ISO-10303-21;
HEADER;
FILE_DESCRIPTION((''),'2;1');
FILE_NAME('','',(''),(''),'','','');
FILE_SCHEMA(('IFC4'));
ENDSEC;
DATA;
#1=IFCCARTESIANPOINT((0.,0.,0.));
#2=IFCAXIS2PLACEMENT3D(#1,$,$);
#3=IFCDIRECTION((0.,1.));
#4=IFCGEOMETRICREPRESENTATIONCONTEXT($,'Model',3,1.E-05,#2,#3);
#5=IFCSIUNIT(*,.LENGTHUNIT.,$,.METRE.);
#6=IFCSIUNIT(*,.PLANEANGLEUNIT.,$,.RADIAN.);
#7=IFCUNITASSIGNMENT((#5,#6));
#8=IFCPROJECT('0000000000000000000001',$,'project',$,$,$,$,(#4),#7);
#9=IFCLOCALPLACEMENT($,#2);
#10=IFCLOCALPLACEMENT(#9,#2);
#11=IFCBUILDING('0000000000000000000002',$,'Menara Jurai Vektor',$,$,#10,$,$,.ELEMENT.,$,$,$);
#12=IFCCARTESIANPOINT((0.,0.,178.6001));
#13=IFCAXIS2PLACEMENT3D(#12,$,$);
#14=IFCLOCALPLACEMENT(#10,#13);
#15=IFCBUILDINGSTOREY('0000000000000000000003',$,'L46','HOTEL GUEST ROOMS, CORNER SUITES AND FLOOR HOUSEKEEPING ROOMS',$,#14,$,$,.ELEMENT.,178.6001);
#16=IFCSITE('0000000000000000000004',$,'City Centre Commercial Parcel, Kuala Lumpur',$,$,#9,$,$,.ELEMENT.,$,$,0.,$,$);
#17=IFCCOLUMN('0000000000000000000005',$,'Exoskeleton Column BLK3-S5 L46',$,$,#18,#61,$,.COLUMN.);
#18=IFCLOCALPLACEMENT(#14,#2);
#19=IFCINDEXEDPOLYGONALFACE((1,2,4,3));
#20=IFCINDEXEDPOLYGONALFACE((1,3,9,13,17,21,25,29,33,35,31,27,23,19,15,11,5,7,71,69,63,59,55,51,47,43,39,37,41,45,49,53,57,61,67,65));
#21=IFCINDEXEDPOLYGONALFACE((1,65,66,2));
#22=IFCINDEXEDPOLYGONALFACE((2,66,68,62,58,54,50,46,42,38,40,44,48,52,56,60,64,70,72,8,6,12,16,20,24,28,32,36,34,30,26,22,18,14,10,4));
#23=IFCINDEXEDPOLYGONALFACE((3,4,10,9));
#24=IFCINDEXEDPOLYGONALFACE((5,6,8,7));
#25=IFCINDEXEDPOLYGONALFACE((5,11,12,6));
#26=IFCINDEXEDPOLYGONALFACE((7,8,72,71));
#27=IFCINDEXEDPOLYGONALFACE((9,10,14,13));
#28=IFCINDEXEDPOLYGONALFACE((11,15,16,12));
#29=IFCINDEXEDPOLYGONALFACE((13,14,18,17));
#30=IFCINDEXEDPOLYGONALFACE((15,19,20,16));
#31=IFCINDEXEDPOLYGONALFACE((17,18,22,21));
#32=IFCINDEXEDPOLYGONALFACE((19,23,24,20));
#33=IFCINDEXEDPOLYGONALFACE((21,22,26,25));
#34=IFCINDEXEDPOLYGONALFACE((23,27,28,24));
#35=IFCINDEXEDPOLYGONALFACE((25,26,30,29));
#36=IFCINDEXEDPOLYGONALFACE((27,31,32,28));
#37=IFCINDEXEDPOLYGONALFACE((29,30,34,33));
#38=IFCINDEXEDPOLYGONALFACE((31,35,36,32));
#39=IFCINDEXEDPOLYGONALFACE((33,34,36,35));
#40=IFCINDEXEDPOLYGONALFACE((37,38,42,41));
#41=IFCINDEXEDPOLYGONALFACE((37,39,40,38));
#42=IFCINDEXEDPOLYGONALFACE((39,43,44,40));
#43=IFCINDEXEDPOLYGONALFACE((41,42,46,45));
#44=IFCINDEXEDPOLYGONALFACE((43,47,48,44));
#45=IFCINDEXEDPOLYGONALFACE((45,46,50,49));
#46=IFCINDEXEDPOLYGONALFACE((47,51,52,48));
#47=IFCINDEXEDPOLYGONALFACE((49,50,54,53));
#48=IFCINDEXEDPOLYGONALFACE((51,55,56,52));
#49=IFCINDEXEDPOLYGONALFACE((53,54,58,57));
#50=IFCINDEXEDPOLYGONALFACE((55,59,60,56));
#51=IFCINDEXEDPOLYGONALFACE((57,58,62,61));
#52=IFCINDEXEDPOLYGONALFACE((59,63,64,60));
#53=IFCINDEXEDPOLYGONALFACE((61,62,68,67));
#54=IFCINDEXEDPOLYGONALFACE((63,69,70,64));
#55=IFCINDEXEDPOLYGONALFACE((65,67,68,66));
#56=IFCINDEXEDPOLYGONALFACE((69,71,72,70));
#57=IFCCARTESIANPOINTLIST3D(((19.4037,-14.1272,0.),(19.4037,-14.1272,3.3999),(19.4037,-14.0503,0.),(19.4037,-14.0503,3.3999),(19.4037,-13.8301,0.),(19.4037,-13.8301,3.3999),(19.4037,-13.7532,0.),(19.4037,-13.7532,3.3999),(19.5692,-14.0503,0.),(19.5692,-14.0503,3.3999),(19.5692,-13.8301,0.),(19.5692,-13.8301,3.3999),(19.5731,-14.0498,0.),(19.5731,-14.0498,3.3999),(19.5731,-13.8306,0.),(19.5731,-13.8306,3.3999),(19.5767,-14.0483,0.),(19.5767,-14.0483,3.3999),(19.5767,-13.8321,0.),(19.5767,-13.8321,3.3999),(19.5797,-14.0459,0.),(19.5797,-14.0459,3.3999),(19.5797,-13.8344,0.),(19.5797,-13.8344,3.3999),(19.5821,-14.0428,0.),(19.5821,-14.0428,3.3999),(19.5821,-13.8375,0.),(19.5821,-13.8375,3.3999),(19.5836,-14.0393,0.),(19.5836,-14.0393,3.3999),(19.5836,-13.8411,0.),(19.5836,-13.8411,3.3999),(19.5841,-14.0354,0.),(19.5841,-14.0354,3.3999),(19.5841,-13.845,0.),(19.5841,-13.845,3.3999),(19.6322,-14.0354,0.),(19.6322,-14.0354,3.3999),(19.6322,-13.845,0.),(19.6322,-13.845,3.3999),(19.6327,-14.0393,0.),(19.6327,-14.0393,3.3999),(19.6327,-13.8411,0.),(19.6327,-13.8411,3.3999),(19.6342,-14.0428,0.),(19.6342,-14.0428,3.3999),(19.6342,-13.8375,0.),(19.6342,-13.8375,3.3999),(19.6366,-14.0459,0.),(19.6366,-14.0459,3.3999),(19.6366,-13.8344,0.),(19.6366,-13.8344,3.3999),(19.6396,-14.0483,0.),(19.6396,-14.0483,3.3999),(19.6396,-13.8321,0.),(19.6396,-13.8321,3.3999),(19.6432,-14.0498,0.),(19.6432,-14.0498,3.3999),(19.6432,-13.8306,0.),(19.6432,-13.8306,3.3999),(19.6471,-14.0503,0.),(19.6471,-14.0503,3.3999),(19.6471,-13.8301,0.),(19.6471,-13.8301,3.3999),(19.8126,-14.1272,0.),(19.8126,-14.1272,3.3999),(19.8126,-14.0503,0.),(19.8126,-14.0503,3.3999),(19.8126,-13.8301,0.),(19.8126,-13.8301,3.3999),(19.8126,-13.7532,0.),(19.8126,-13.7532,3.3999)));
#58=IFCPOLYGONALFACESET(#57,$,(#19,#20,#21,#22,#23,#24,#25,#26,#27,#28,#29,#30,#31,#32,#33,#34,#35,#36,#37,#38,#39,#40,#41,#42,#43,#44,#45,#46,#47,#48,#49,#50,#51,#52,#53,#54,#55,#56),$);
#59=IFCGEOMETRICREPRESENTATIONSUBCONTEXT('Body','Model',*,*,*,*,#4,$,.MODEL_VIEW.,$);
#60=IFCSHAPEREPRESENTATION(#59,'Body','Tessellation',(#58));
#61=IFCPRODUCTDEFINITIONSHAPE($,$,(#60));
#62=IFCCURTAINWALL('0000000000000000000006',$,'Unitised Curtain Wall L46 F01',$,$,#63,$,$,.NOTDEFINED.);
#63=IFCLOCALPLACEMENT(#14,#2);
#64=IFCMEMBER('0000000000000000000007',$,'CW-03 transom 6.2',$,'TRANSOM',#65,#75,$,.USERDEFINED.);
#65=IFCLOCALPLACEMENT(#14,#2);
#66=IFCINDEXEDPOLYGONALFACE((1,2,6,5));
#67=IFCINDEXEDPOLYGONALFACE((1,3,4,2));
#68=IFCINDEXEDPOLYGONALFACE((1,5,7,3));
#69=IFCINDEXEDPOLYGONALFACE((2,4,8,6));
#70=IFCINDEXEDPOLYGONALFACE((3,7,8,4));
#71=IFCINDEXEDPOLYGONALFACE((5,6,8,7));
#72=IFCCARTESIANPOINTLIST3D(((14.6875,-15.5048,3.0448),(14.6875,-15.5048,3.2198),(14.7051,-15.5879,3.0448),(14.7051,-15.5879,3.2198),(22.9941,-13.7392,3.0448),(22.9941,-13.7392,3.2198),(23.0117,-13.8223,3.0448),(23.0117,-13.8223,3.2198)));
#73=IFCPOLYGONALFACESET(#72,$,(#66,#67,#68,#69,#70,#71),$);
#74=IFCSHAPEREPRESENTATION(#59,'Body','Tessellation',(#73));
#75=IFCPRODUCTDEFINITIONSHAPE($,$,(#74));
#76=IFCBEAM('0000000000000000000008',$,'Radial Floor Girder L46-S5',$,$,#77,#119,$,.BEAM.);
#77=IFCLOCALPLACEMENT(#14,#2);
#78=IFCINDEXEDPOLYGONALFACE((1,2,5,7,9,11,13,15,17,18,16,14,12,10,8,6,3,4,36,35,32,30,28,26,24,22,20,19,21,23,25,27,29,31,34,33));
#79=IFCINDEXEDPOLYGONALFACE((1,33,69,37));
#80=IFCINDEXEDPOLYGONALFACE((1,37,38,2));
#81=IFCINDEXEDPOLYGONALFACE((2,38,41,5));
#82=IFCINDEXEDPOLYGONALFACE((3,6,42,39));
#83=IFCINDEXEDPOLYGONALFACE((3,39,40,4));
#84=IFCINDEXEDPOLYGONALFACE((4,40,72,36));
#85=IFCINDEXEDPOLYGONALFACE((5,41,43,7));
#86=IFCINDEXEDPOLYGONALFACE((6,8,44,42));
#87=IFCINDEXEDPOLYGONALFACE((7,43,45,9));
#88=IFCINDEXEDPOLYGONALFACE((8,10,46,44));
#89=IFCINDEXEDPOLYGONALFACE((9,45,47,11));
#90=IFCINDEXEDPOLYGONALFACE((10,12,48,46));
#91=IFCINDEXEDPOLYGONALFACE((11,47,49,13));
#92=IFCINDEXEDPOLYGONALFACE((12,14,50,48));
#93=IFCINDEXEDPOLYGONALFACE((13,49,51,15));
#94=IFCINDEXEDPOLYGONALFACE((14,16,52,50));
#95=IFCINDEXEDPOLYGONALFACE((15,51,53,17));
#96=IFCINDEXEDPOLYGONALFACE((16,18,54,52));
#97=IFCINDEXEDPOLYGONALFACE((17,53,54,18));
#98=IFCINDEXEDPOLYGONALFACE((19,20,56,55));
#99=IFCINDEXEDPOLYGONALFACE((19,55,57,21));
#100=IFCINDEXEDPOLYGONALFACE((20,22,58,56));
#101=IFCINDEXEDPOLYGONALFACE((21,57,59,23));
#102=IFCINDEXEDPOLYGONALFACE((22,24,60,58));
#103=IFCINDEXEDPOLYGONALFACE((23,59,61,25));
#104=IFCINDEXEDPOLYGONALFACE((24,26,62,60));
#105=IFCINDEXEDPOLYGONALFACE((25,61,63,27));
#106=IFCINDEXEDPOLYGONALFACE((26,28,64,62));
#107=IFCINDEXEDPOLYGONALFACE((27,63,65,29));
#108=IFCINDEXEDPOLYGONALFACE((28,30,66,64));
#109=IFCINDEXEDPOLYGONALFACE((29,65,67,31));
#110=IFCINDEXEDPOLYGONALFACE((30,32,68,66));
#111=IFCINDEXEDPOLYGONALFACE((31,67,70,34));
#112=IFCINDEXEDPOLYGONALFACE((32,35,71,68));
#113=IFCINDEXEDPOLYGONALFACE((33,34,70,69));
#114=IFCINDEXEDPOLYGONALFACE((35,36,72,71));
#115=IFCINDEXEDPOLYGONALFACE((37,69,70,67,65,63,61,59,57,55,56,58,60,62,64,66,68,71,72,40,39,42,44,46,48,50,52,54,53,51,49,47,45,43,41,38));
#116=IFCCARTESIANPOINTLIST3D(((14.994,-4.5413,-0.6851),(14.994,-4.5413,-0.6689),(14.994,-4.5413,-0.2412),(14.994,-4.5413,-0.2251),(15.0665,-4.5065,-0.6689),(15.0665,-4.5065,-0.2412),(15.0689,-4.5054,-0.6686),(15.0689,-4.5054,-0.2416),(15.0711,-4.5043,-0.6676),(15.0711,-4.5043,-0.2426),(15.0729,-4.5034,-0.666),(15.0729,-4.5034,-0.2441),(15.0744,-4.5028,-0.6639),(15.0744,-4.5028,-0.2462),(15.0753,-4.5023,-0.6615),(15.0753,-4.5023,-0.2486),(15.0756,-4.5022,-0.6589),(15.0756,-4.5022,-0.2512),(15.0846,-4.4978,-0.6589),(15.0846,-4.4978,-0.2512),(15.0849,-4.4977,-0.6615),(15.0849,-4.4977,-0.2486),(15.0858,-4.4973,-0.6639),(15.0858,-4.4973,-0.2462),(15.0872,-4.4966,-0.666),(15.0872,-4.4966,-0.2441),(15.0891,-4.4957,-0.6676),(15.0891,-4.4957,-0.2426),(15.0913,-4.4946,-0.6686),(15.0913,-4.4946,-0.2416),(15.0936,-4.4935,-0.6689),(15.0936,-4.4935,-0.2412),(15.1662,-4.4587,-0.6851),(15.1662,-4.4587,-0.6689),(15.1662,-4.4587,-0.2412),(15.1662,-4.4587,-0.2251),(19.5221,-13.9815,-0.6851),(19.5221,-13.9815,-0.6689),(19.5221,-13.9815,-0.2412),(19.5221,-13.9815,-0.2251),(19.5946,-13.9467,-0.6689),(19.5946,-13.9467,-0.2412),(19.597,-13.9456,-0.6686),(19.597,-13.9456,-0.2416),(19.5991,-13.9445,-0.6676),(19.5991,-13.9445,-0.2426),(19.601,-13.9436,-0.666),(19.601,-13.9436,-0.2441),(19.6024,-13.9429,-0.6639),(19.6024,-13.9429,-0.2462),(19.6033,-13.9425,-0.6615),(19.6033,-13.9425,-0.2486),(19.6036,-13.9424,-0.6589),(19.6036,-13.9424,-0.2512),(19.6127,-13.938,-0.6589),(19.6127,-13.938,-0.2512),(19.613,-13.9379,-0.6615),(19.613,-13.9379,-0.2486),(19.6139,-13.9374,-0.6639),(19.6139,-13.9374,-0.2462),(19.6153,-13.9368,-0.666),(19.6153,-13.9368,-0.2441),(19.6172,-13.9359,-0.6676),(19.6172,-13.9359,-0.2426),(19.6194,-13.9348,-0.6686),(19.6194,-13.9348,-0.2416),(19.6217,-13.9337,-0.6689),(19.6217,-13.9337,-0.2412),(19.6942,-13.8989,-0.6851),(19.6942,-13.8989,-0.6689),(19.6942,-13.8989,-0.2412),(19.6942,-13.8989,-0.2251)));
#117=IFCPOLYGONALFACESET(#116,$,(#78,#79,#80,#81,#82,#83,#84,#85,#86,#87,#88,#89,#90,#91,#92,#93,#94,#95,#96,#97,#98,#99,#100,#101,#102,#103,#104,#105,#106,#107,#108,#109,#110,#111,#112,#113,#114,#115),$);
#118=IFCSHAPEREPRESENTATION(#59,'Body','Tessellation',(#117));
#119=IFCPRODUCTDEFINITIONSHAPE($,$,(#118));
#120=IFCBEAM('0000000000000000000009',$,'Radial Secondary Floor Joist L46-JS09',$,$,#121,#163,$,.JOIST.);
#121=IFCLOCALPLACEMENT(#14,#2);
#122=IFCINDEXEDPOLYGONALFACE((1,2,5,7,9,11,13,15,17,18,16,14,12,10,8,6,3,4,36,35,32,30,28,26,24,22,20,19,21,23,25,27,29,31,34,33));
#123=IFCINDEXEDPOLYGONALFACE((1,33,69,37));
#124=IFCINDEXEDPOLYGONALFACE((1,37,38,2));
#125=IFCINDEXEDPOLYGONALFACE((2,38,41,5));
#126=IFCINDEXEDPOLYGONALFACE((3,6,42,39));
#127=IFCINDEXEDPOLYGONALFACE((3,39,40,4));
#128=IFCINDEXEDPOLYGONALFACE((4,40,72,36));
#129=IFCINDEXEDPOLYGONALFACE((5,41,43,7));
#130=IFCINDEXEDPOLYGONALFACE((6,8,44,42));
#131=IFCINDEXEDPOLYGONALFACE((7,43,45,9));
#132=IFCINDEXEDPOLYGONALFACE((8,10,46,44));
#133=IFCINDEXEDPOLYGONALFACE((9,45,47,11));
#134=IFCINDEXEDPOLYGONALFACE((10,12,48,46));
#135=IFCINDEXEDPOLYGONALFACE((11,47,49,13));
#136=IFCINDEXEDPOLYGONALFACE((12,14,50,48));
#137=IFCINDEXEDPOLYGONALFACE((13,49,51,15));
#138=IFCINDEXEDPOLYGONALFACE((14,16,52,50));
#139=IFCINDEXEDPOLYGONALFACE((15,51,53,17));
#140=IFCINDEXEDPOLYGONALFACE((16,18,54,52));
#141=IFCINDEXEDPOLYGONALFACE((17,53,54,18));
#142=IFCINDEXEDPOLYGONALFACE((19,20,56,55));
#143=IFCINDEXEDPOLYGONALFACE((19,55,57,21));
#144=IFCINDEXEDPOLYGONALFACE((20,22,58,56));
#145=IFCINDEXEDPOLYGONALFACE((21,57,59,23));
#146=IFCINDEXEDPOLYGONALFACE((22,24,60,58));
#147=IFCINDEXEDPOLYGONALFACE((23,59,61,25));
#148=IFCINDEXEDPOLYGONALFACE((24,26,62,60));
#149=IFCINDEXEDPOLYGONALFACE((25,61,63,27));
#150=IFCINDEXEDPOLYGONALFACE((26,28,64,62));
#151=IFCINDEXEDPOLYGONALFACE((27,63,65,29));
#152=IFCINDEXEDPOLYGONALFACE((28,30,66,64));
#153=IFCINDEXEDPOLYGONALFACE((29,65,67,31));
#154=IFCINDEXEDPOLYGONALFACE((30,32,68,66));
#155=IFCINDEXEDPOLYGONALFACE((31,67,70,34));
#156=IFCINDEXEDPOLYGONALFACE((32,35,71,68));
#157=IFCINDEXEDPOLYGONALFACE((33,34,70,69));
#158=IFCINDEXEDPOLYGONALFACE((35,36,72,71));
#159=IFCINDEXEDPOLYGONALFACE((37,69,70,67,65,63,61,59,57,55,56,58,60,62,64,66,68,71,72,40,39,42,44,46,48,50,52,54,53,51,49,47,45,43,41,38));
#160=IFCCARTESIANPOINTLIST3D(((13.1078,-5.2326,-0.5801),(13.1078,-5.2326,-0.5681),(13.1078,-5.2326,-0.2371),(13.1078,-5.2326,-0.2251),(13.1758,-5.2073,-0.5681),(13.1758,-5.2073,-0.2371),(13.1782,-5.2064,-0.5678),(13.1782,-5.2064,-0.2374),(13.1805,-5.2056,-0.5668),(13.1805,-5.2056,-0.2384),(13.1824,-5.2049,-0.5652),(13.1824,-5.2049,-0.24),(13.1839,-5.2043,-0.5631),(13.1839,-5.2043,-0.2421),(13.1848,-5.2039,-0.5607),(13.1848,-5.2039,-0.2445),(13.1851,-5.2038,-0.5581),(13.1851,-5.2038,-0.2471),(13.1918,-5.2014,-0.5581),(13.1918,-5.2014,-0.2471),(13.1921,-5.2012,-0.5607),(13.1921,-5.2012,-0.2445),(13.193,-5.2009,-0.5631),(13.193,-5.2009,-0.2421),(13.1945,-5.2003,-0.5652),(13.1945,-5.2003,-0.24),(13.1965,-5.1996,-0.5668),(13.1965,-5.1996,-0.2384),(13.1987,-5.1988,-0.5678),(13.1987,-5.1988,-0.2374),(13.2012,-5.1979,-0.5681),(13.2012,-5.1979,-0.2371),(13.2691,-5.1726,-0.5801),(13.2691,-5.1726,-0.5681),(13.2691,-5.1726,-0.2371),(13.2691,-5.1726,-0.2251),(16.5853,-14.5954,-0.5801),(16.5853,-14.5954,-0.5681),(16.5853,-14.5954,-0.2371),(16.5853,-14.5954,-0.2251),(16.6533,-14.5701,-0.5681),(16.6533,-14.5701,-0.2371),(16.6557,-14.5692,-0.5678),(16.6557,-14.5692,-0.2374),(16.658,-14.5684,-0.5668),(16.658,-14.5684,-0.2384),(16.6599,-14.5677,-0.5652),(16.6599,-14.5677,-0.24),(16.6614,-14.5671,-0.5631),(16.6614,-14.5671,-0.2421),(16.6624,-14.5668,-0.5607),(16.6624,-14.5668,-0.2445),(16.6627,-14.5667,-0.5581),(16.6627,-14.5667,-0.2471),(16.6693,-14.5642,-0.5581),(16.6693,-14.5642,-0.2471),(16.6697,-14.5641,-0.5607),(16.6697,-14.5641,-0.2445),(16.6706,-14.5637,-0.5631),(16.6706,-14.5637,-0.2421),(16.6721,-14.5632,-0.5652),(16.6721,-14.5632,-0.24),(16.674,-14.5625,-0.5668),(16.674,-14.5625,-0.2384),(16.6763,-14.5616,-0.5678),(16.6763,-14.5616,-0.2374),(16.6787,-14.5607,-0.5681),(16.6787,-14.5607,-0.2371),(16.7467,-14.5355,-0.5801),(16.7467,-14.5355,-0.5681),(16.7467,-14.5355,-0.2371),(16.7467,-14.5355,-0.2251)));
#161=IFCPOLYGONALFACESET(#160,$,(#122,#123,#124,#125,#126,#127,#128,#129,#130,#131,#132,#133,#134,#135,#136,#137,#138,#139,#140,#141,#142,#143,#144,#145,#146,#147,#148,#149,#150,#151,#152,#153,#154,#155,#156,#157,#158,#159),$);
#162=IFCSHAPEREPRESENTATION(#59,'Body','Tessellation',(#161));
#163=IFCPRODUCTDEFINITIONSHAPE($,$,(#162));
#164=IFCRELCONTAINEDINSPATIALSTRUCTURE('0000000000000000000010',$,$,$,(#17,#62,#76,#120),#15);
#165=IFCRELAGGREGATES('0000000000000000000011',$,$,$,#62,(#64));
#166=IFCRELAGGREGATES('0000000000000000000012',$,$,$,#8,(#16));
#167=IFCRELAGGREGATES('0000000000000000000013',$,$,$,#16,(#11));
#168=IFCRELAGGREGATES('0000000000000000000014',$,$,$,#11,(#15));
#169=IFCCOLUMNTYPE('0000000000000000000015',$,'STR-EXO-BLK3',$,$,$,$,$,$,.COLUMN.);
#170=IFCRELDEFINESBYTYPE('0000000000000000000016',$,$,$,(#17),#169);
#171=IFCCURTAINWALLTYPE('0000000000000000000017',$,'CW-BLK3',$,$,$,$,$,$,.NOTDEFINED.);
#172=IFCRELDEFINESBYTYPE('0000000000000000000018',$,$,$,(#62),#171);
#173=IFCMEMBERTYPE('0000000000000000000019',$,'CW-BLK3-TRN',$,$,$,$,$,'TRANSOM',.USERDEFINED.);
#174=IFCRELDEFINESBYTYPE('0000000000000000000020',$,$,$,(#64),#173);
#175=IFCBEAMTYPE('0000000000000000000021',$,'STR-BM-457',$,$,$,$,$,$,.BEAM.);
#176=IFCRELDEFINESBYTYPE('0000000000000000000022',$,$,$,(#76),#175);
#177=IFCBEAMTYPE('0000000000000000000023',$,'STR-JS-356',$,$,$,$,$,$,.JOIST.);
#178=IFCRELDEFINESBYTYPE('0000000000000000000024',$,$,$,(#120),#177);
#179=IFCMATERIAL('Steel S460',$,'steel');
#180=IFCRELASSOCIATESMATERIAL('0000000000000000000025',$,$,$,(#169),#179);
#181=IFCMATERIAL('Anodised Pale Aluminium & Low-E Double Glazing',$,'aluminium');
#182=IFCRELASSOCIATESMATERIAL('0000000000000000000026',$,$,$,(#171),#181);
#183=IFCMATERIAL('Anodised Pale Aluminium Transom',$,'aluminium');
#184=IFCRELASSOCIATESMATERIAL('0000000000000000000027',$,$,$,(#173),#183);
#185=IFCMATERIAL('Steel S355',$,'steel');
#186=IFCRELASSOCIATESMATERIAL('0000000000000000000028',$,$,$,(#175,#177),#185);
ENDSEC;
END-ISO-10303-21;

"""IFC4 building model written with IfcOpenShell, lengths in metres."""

from ifc_helpers import new_model, si_unit, direction, frame, origin, origin_2d, place, context, subcontext, project, spatial, rectangle, i_section, extrude, material, material_profile, profile_set, type_object, element, aggregate, save


model = new_model("IFC4")

# Units and contexts
model_context = context("Model", 3, precision=1e-05, world=origin(), true_north=direction((0.0, 1.0)))
body_context = subcontext(model_context, "Body", "Model", "MODEL_VIEW")
ifc_project = project(units=[si_unit("LENGTHUNIT", "METRE"), si_unit("PLANEANGLEUNIT", "RADIAN")], contexts=[model_context])

# Site, building, storey
site_placement = place(None, origin())
site = spatial("IfcSite", under=ifc_project, at=site_placement, Name="City Centre Commercial Parcel, Kuala Lumpur", CompositionType="ELEMENT", RefElevation=0.0)
building_placement = place(site_placement, origin())
building = spatial("IfcBuilding", under=site, at=building_placement, Name="Menara Jurai Vektor", CompositionType="ELEMENT")
storey_placement = place(building_placement, frame((0.0, 0.0, 178.6001)))
storey = spatial("IfcBuildingStorey", under=building, at=storey_placement, Name="L46", Description="HOTEL GUEST ROOMS, CORNER SUITES AND FLOOR HOUSEKEEPING ROOMS", CompositionType="ELEMENT", Elevation=178.6001)

# Column
ifc_material_1 = material(Name="Steel S460", Category="steel")
ifc_material_profile_1 = material_profile(ifc_material_1, i_section(OverallWidth=0.4089, OverallDepth=0.374, WebThickness=0.0481, FlangeThickness=0.0769, FilletRadius=0.0149, at=origin_2d()), Name="HD 400x634")
ifc_profile_set_1 = profile_set([ifc_material_profile_1], Name="Steel S460")
column_type = type_object("IfcColumnType", Name="STR-EXO-BLK3", PredefinedType="COLUMN", material=ifc_profile_set_1)
column_placement = place(storey_placement, frame((19.6082, -13.9402, 0.0), z_axis=(0.0, 0.0, 1.0), x_axis=(1.0, 0.0, 0.0)))
element("IfcColumn", 1, at=column_placement, inside=storey, type_object=column_type, Name="Exoskeleton Column BLK3-S5 L46", PredefinedType="COLUMN", context=body_context, shape_type="SweptSolid", body=[
    extrude(i_section(OverallWidth=0.4089, OverallDepth=0.374, WebThickness=0.0481, FlangeThickness=0.0769, FilletRadius=0.0149, at=origin_2d()), origin(), (0.0, 0.0, 1.0), 3.3999),
])

# Curtain wall, member
ifc_material_2 = material(Name="Anodised Pale Aluminium & Low-E Double Glazing", Category="aluminium")
curtain_wall_type = type_object("IfcCurtainWallType", Name="CW-BLK3", PredefinedType="NOTDEFINED", material=ifc_material_2)
curtain_wall_placement = place(storey_placement, origin())
curtain_wall = element("IfcCurtainWall", 2, at=curtain_wall_placement, inside=storey, type_object=curtain_wall_type, Name="Unitised Curtain Wall L46 F01", PredefinedType="NOTDEFINED")
ifc_material_3 = material(Name="Anodised Pale Aluminium Transom", Category="aluminium")
ifc_material_profile_2 = material_profile(ifc_material_3, rectangle(XDim=0.085, YDim=0.175, at=origin_2d()), Name="ALU TRN 85x175")
ifc_profile_set_2 = profile_set([ifc_material_profile_2], Name="Anodised Pale Aluminium Transom")
member_type = type_object("IfcMemberType", Name="CW-BLK3-TRN", ElementType="TRANSOM", PredefinedType="USERDEFINED", material=ifc_profile_set_2)
member_placement = place(storey_placement, frame((14.6963, -15.5464, 3.1323), z_axis=(0.978148, 0.207911, 0.0), x_axis=(-0.207911, 0.978148, 0.0)))
member = element("IfcMember", 3, at=member_placement, type_object=member_type, Name="CW-03 transom 6.2", ObjectType="TRANSOM", PredefinedType="USERDEFINED", context=body_context, shape_type="SweptSolid", body=[
    extrude(rectangle(XDim=0.085, YDim=0.175, at=origin_2d()), origin(), (0.0, 0.0, 1.0), 8.4922),
])

# Beams
ifc_material_4 = material(Name="Steel S355", Category="steel")
ifc_material_profile_3 = material_profile(ifc_material_4, i_section(OverallWidth=0.1909, OverallDepth=0.46, WebThickness=0.01, FlangeThickness=0.0161, FilletRadius=0.01, at=origin_2d()), Name="UKB 457x191x82")
ifc_profile_set_3 = profile_set([ifc_material_profile_3], Name="Steel S355")
beam_type_1 = type_object("IfcBeamType", Name="STR-BM-457", PredefinedType="BEAM", material=ifc_profile_set_3)
beam_1_placement = place(storey_placement, frame((19.6082, -13.9402, -0.4551), z_axis=(-0.432482, 0.901643, 0.0), x_axis=(-0.901643, -0.432482, 0.0)))
element("IfcBeam", 4, at=beam_1_placement, inside=storey, type_object=beam_type_1, Name="Radial Floor Girder L46-S5", PredefinedType="BEAM", context=body_context, shape_type="SweptSolid", body=[
    extrude(i_section(OverallWidth=0.1909, OverallDepth=0.46, WebThickness=0.01, FlangeThickness=0.0161, FilletRadius=0.01, at=origin_2d()), origin(), (0.0, 0.0, 1.0), 10.47),
])
ifc_material_profile_4 = material_profile(ifc_material_4, i_section(OverallWidth=0.1721, OverallDepth=0.355, WebThickness=0.0071, FlangeThickness=0.012, FilletRadius=0.01, at=origin_2d()), Name="UKB 356x171x51")
ifc_profile_set_4 = profile_set([ifc_material_profile_4], Name="Steel S355")
beam_type_2 = type_object("IfcBeamType", Name="STR-JS-356", PredefinedType="JOIST", material=ifc_profile_set_4)
beam_2_placement = place(storey_placement, frame((16.666, -14.5654, -0.4026), z_axis=(-0.34818, 0.937428, 0.0), x_axis=(-0.937428, -0.34818, 0.0)))
element("IfcBeam", 5, at=beam_2_placement, inside=storey, type_object=beam_type_2, Name="Radial Secondary Floor Joist L46-JS09", PredefinedType="JOIST", context=body_context, shape_type="SweptSolid", body=[
    extrude(i_section(OverallWidth=0.1721, OverallDepth=0.355, WebThickness=0.0071, FlangeThickness=0.012, FilletRadius=0.01, at=origin_2d()), origin(), (0.0, 0.0, 1.0), 9.9878),
])

aggregate(curtain_wall, [member])

save(model, "model.ifc")
